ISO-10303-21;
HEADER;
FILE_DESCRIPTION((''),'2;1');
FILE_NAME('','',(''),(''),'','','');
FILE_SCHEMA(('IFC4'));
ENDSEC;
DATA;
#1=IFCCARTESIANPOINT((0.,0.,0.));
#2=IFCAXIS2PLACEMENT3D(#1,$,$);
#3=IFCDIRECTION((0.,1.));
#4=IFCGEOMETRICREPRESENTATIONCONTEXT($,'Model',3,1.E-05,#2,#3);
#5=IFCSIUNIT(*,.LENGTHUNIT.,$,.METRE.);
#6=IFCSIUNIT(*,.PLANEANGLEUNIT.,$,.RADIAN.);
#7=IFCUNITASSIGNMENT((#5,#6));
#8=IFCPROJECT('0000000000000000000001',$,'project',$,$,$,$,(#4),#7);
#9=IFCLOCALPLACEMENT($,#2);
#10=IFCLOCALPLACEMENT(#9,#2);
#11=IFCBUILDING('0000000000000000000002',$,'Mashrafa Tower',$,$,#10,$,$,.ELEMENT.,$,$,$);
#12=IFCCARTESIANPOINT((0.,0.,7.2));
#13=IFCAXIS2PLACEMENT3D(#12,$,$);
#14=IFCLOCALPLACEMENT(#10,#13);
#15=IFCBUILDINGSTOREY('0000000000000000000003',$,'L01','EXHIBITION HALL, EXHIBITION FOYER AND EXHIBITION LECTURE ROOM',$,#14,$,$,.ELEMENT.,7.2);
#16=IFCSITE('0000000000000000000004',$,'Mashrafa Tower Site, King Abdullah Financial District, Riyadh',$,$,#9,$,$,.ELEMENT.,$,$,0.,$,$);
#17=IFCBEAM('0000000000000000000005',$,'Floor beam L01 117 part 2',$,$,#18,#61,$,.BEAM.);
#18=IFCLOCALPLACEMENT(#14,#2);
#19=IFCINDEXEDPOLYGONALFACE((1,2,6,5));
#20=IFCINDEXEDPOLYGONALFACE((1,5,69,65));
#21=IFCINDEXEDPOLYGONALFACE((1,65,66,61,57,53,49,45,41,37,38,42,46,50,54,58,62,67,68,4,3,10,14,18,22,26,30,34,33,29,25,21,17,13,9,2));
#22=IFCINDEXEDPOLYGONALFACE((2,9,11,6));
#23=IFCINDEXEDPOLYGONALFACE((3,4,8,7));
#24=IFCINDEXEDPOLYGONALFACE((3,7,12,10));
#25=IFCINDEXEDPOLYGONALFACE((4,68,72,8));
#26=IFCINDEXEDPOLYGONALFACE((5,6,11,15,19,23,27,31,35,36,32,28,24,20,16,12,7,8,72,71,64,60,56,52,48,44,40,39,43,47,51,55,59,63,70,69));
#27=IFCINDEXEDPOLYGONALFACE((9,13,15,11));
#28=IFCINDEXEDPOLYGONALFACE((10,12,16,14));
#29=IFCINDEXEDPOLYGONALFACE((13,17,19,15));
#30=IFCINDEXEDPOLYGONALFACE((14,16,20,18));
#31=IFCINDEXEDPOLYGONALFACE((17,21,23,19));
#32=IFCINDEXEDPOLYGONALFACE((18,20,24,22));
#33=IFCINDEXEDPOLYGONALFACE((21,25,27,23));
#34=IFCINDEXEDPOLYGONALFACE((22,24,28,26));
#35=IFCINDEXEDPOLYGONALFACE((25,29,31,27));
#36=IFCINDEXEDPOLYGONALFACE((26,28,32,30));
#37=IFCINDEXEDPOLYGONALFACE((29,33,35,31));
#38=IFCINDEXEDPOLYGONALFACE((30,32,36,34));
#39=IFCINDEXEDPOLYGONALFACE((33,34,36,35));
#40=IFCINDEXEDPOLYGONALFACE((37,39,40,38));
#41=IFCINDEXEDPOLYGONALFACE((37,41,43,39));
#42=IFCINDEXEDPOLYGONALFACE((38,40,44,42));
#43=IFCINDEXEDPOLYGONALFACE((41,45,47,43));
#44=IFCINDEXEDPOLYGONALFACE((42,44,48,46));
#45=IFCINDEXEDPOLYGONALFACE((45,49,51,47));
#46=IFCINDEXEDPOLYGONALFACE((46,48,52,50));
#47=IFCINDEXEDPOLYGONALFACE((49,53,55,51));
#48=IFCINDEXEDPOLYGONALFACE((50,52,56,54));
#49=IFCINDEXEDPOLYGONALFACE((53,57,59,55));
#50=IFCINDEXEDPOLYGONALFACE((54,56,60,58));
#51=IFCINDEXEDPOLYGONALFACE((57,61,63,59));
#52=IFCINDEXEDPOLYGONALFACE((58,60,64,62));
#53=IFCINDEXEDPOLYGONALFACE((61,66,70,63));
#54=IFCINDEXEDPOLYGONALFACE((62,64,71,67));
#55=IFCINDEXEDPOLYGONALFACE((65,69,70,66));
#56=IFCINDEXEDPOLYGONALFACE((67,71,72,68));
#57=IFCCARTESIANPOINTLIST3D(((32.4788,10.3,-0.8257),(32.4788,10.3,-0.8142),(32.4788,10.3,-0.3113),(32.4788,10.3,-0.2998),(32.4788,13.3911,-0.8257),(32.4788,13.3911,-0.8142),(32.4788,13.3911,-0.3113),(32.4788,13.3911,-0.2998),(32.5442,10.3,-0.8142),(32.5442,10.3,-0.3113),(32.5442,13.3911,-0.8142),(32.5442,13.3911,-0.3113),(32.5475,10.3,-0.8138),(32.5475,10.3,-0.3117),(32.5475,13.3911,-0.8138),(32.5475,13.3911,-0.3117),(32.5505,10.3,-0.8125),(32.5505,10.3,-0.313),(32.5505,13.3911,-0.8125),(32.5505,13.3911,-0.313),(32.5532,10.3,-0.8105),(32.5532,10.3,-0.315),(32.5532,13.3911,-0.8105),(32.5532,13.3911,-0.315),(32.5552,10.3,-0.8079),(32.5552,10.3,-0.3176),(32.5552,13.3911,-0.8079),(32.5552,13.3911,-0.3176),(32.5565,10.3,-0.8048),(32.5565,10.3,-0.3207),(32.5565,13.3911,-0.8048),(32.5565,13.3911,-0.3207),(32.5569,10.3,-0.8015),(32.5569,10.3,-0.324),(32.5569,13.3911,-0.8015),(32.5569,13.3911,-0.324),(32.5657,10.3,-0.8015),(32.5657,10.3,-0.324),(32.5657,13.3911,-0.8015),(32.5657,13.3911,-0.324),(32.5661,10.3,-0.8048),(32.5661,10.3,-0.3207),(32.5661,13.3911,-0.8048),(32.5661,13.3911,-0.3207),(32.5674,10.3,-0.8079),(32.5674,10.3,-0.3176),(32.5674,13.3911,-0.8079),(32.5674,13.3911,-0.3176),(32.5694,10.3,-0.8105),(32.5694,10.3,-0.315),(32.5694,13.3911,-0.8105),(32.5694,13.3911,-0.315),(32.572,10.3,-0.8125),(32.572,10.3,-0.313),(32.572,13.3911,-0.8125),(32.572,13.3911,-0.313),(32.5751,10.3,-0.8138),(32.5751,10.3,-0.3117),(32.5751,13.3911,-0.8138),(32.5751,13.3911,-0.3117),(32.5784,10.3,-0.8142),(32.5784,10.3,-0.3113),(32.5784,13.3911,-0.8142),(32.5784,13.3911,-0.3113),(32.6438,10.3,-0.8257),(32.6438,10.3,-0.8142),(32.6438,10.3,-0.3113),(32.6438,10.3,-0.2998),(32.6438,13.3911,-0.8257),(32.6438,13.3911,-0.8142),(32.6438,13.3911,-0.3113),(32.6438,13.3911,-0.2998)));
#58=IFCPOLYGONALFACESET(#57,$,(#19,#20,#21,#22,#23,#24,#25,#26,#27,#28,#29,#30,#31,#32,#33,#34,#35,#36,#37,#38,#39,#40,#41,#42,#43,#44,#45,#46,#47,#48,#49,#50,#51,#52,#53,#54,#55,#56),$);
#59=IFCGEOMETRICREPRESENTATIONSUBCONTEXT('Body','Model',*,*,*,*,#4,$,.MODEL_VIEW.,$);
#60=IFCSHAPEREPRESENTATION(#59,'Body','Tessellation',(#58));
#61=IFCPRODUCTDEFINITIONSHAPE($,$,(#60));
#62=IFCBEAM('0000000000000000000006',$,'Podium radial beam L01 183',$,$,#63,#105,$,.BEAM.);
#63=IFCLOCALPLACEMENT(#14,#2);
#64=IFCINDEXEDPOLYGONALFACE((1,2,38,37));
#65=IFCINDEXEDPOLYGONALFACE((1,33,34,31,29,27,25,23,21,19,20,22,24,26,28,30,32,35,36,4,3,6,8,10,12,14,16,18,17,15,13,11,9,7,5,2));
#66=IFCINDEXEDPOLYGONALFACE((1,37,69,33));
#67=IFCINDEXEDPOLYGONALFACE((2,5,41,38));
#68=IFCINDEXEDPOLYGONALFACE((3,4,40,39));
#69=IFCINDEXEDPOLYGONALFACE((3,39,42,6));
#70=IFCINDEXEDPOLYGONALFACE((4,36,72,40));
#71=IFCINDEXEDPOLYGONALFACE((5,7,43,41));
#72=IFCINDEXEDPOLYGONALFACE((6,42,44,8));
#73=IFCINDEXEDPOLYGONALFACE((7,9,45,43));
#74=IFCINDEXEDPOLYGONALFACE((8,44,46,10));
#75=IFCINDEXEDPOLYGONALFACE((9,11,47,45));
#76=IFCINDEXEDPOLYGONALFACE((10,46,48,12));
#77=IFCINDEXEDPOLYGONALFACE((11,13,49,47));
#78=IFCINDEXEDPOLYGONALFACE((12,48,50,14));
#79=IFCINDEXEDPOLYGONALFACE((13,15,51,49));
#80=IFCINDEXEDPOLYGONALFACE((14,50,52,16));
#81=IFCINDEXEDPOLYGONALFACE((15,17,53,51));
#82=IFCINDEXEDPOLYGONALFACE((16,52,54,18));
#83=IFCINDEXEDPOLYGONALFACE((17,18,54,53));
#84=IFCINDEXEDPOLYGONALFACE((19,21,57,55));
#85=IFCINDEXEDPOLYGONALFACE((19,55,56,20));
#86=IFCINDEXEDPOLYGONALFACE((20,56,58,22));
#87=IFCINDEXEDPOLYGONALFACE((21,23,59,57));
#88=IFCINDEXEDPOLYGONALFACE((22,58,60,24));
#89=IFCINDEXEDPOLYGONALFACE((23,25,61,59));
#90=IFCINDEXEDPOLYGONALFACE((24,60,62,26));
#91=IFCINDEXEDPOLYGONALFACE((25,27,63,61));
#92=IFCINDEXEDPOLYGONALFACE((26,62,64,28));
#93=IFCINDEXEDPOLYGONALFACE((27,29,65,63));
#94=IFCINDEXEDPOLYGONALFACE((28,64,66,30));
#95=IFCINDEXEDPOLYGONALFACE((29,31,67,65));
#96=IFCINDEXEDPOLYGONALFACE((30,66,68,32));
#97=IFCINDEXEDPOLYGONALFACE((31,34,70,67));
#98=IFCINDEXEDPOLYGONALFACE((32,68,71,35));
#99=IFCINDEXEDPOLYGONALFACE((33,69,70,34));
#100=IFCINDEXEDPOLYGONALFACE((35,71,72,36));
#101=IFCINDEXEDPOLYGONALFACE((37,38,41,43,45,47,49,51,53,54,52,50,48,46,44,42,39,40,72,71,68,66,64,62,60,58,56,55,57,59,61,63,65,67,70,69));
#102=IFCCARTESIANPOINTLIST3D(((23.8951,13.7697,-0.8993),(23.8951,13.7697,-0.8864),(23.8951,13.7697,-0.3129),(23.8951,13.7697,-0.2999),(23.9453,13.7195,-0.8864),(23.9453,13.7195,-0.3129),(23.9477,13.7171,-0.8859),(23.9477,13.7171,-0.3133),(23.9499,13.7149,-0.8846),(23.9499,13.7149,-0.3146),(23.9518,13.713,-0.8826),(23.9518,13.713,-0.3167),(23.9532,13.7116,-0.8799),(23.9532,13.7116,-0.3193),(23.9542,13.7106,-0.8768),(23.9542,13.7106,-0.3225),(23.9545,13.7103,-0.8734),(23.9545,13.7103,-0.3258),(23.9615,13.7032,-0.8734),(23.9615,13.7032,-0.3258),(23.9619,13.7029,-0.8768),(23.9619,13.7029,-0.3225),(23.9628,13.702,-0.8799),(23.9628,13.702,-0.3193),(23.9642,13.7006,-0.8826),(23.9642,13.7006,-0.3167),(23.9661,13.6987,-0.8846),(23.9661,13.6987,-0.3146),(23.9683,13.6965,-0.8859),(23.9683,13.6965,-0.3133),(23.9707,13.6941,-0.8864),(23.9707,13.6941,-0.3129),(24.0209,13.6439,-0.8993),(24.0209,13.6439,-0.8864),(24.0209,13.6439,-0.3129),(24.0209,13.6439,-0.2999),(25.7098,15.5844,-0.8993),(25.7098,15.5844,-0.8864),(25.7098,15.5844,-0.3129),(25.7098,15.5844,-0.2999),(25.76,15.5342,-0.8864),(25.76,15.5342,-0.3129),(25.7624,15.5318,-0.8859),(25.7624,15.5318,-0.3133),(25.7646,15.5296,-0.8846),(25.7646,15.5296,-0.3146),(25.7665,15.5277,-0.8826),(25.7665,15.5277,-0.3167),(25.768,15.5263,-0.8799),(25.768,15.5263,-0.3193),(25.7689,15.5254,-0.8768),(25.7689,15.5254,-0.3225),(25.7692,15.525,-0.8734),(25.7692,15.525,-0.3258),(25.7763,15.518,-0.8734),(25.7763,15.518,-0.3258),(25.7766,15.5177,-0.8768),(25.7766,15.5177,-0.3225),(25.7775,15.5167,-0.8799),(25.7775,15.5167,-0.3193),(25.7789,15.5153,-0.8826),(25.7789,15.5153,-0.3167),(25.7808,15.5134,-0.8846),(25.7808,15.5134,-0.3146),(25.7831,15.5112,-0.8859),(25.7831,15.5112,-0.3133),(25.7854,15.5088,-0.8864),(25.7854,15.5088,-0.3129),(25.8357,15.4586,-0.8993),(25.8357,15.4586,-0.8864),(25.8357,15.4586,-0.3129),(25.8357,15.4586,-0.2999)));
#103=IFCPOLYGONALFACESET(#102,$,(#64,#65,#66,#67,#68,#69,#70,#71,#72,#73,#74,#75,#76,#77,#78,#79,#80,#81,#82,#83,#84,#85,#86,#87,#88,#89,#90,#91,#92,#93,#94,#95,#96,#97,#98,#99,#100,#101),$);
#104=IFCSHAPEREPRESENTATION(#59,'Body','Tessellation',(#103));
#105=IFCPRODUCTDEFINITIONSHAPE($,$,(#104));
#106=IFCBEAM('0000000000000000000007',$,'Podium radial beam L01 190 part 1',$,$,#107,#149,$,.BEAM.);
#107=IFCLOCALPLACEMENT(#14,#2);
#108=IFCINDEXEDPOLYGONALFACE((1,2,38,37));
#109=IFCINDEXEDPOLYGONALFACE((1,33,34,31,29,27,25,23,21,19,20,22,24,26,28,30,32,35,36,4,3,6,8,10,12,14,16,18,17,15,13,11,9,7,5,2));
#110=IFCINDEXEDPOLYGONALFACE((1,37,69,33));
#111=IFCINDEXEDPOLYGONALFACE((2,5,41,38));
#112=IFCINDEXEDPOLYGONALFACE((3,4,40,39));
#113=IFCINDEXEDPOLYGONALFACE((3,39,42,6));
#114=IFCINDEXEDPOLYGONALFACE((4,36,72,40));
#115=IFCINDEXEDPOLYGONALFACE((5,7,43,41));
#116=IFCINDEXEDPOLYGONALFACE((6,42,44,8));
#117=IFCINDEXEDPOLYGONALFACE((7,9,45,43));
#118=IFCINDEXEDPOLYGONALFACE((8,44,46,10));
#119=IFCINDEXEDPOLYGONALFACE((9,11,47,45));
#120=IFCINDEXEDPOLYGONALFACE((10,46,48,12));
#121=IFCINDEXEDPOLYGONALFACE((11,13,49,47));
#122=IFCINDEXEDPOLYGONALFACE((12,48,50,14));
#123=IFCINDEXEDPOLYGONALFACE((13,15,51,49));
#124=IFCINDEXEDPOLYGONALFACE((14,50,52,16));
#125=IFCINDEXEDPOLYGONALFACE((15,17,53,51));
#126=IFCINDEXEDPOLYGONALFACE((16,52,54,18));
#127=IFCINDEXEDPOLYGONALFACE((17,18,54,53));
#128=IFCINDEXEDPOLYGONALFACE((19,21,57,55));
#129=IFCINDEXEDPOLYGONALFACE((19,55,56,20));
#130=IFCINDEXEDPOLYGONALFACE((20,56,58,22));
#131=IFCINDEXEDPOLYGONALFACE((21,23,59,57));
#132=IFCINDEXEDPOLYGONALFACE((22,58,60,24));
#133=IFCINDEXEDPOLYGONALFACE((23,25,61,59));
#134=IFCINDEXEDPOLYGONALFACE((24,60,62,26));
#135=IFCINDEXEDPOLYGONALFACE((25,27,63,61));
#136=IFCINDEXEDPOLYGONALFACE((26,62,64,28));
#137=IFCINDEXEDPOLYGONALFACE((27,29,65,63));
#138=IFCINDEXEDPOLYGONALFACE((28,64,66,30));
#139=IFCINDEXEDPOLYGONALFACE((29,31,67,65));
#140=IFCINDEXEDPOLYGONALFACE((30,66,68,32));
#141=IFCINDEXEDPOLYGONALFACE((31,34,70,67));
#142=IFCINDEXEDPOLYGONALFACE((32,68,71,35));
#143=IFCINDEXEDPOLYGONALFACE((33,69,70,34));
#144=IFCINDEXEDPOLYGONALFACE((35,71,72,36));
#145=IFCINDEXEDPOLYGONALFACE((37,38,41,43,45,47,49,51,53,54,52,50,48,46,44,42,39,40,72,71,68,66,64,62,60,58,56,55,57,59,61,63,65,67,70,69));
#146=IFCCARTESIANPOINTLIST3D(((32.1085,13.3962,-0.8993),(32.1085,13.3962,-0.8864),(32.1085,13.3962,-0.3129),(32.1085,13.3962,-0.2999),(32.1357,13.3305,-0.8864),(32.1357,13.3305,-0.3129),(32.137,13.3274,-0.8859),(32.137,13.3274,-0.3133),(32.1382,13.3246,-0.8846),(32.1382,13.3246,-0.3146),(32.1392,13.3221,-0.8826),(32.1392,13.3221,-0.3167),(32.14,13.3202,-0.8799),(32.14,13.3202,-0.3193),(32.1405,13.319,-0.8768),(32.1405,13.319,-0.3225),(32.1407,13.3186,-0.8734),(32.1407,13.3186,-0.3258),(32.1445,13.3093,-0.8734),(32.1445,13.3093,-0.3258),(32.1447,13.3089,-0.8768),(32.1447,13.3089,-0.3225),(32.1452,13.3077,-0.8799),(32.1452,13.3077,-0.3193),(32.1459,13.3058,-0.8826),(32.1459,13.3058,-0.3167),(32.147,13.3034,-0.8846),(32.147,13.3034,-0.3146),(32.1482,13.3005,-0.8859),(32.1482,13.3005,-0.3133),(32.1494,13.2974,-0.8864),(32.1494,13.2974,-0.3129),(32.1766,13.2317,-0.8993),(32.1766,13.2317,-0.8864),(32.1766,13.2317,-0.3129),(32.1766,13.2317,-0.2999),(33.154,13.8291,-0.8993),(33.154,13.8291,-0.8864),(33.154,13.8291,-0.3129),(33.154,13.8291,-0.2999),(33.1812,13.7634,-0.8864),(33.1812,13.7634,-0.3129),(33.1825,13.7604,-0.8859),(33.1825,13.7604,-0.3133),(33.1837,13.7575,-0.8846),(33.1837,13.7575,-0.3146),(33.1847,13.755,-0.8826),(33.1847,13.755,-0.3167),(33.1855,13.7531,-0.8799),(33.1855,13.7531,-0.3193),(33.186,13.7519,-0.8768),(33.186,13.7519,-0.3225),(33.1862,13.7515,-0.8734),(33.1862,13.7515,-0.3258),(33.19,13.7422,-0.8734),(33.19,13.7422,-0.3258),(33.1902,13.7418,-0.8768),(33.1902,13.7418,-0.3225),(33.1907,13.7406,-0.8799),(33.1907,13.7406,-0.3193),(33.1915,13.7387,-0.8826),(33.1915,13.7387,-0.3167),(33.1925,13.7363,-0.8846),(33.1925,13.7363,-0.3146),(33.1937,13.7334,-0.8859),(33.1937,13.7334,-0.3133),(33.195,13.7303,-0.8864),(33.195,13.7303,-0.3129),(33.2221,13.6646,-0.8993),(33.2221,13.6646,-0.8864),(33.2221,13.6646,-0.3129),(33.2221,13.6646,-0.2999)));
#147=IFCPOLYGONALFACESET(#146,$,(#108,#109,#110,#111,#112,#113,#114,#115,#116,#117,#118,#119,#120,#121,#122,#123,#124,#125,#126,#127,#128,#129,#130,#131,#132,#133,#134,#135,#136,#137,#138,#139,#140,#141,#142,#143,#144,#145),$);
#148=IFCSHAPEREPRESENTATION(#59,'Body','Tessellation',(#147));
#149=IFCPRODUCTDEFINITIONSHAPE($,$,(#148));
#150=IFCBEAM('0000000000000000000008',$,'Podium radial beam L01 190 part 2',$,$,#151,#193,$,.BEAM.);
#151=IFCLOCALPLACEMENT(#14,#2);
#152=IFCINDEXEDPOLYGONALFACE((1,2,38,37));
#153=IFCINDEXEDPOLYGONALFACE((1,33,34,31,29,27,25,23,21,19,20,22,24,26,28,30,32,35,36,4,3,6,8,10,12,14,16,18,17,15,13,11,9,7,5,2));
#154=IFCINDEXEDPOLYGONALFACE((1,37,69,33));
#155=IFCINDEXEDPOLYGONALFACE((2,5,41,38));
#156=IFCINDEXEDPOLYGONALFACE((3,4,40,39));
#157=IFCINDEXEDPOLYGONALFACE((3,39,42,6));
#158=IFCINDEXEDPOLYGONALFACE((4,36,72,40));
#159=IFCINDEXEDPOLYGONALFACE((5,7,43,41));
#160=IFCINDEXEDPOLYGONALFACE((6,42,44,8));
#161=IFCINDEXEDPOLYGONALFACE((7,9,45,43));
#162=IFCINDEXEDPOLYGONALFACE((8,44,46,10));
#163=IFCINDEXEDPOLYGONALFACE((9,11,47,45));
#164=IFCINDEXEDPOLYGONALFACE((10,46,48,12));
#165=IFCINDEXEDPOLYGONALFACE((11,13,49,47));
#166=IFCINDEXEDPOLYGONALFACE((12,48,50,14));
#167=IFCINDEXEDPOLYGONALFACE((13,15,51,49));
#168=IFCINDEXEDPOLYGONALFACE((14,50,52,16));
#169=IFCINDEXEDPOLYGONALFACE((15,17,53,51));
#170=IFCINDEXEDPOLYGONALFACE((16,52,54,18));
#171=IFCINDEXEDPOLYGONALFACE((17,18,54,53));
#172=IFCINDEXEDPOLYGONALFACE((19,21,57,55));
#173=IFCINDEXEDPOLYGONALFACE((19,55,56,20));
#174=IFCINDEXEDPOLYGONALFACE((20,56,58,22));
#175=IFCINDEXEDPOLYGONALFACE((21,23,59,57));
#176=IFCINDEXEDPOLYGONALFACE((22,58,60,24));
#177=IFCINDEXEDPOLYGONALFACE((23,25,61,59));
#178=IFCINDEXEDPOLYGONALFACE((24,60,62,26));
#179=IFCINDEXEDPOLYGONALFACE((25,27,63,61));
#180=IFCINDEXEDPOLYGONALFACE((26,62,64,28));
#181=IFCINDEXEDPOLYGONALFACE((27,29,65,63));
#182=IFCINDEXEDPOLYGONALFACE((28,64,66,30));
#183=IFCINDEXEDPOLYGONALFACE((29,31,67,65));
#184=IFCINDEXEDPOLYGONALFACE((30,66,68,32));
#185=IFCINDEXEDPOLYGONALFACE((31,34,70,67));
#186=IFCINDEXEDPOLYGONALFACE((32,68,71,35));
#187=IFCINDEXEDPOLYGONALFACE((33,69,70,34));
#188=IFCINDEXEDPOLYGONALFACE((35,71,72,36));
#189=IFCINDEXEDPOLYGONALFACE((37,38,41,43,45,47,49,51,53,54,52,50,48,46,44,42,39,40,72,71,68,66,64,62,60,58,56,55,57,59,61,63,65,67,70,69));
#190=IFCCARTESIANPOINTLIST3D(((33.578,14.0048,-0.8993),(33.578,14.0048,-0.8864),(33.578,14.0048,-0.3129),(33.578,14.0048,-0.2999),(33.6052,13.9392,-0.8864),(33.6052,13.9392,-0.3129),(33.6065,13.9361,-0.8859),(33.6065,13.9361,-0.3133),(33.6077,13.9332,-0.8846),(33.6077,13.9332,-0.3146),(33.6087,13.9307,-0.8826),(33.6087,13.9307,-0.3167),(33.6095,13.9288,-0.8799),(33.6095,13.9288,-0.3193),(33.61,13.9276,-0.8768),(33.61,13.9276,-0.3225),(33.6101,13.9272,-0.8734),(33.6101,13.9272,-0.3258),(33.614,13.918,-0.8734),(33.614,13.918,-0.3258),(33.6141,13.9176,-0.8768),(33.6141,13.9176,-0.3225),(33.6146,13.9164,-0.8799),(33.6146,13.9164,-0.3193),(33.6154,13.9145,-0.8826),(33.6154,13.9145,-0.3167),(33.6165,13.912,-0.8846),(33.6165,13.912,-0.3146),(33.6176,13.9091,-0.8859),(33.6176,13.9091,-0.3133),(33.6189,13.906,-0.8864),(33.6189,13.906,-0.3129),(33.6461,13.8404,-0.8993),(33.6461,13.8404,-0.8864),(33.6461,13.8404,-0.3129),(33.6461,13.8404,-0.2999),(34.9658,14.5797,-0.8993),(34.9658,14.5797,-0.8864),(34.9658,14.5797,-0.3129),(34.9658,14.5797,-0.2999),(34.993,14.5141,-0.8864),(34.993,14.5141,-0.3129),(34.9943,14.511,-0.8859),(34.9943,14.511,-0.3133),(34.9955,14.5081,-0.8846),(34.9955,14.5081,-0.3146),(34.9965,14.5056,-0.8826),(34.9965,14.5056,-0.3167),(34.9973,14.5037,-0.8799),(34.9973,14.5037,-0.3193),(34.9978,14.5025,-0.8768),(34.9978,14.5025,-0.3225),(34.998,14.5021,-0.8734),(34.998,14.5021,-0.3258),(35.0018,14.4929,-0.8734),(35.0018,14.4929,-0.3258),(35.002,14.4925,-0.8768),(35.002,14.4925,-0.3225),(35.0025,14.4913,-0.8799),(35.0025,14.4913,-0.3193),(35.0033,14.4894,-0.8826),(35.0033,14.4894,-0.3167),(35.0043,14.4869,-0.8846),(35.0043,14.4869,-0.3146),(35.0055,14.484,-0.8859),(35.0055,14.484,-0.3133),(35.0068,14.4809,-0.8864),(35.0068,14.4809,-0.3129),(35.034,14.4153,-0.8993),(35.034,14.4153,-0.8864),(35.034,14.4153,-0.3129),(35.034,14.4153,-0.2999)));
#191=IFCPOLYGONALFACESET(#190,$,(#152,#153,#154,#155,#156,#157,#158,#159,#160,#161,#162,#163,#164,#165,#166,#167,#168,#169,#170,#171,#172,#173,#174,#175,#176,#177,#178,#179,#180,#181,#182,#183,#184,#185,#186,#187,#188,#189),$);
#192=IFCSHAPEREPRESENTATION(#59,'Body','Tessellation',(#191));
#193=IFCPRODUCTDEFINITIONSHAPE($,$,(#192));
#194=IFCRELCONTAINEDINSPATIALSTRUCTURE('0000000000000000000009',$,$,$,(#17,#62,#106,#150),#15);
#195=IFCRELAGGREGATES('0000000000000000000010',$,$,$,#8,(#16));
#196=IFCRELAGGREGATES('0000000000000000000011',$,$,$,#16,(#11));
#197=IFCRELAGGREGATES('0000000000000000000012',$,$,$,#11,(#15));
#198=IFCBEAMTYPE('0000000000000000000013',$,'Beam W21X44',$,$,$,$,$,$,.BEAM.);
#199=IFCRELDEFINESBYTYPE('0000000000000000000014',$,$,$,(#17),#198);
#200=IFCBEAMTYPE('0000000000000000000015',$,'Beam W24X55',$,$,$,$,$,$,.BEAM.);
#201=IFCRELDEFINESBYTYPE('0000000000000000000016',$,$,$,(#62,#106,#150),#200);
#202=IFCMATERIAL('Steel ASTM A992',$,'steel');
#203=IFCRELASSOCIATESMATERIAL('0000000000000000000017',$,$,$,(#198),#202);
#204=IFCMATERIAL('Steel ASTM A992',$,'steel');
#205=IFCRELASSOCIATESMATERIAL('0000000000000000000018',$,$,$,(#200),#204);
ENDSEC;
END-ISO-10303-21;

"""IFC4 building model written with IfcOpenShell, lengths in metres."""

from ifc_helpers import new_model, si_unit, direction, frame, origin, origin_2d, place, context, subcontext, project, spatial, i_section, extrude, material, material_profile, profile_set, type_object, element, save


model = new_model("IFC4")

# Units and contexts
model_context = context("Model", 3, precision=1e-05, world=origin(), true_north=direction((0.0, 1.0)))
body_context = subcontext(model_context, "Body", "Model", "MODEL_VIEW")
ifc_project = project(units=[si_unit("LENGTHUNIT", "METRE"), si_unit("PLANEANGLEUNIT", "RADIAN")], contexts=[model_context])

# Site, building, storey
site_placement = place(None, origin())
site = spatial("IfcSite", under=ifc_project, at=site_placement, Name="Mashrafa Tower Site, King Abdullah Financial District, Riyadh", CompositionType="ELEMENT", RefElevation=0.0)
building_placement = place(site_placement, origin())
building = spatial("IfcBuilding", under=site, at=building_placement, Name="Mashrafa Tower", CompositionType="ELEMENT")
storey_placement = place(building_placement, frame((0.0, 0.0, 7.2)))
storey = spatial("IfcBuildingStorey", under=building, at=storey_placement, Name="L01", Description="EXHIBITION HALL, EXHIBITION FOYER AND EXHIBITION LECTURE ROOM", CompositionType="ELEMENT", Elevation=7.2)

# Beams
ifc_material_1 = material(Name="Steel ASTM A992", Category="steel")
ifc_material_profile_1 = material_profile(ifc_material_1, i_section(OverallWidth=0.165, OverallDepth=0.5259, WebThickness=0.0088, FlangeThickness=0.0115, FilletRadius=0.0127, at=origin_2d()), Name="W21X44")
ifc_profile_set_1 = profile_set([ifc_material_profile_1], Name="Steel ASTM A992")
beam_type_1 = type_object("IfcBeamType", Name="Beam W21X44", PredefinedType="BEAM", material=ifc_profile_set_1)
beam_1_placement = place(storey_placement, frame((32.5613, 13.3911, -0.5627), z_axis=(0.0, -1.0, 0.0), x_axis=(1.0, 0.0, 0.0)))
element("IfcBeam", 1, at=beam_1_placement, inside=storey, type_object=beam_type_1, Name="Floor beam L01 117 part 2", PredefinedType="BEAM", context=body_context, shape_type="SweptSolid", body=[
    extrude(i_section(OverallWidth=0.165, OverallDepth=0.5259, WebThickness=0.0088, FlangeThickness=0.0115, FilletRadius=0.0127, at=origin_2d()), origin(), (0.0, 0.0, 1.0), 3.0911),
])
ifc_material_2 = material(Name="Steel ASTM A992", Category="steel")
ifc_material_profile_2 = material_profile(ifc_material_2, i_section(OverallWidth=0.178, OverallDepth=0.5994, WebThickness=0.01, FlangeThickness=0.0129, FilletRadius=0.0129, at=origin_2d()), Name="W24X55")
ifc_profile_set_2 = profile_set([ifc_material_profile_2], Name="Steel ASTM A992")
beam_type_2 = type_object("IfcBeamType", Name="Beam W24X55", PredefinedType="BEAM", material=ifc_profile_set_2)
beam_2_placement = place(storey_placement, frame((23.958, 13.7068, -0.5996), z_axis=(0.707107, 0.707107, 0.0), x_axis=(-0.707107, 0.707107, 0.0)))
element("IfcBeam", 2, at=beam_2_placement, inside=storey, type_object=beam_type_2, Name="Podium radial beam L01 183", PredefinedType="BEAM", context=body_context, shape_type="SweptSolid", body=[
    extrude(i_section(OverallWidth=0.178, OverallDepth=0.5994, WebThickness=0.01, FlangeThickness=0.0129, FilletRadius=0.0129, at=origin_2d()), origin(), (0.0, 0.0, 1.0), 2.5664),
])
beam_3_placement = place(storey_placement, frame((32.1426, 13.314, -0.5996), z_axis=(0.92393, 0.382561, 0.0), x_axis=(-0.382561, 0.92393, 0.0)))
element("IfcBeam", 3, at=beam_3_placement, inside=storey, type_object=beam_type_2, Name="Podium radial beam L01 190 part 1", PredefinedType="BEAM", context=body_context, shape_type="SweptSolid", body=[
    extrude(i_section(OverallWidth=0.178, OverallDepth=0.5994, WebThickness=0.01, FlangeThickness=0.0129, FilletRadius=0.0129, at=origin_2d()), origin(), (0.0, 0.0, 1.0), 1.1316),
])
beam_4_placement = place(storey_placement, frame((33.6121, 13.9226, -0.5996), z_axis=(0.923868, 0.382711, 0.0), x_axis=(-0.382711, 0.923868, 0.0)))
element("IfcBeam", 4, at=beam_4_placement, inside=storey, type_object=beam_type_2, Name="Podium radial beam L01 190 part 2", PredefinedType="BEAM", context=body_context, shape_type="SweptSolid", body=[
    extrude(i_section(OverallWidth=0.178, OverallDepth=0.5994, WebThickness=0.01, FlangeThickness=0.0129, FilletRadius=0.0129, at=origin_2d()), origin(), (0.0, 0.0, 1.0), 1.5022),
])

save(model, "model.ifc")
